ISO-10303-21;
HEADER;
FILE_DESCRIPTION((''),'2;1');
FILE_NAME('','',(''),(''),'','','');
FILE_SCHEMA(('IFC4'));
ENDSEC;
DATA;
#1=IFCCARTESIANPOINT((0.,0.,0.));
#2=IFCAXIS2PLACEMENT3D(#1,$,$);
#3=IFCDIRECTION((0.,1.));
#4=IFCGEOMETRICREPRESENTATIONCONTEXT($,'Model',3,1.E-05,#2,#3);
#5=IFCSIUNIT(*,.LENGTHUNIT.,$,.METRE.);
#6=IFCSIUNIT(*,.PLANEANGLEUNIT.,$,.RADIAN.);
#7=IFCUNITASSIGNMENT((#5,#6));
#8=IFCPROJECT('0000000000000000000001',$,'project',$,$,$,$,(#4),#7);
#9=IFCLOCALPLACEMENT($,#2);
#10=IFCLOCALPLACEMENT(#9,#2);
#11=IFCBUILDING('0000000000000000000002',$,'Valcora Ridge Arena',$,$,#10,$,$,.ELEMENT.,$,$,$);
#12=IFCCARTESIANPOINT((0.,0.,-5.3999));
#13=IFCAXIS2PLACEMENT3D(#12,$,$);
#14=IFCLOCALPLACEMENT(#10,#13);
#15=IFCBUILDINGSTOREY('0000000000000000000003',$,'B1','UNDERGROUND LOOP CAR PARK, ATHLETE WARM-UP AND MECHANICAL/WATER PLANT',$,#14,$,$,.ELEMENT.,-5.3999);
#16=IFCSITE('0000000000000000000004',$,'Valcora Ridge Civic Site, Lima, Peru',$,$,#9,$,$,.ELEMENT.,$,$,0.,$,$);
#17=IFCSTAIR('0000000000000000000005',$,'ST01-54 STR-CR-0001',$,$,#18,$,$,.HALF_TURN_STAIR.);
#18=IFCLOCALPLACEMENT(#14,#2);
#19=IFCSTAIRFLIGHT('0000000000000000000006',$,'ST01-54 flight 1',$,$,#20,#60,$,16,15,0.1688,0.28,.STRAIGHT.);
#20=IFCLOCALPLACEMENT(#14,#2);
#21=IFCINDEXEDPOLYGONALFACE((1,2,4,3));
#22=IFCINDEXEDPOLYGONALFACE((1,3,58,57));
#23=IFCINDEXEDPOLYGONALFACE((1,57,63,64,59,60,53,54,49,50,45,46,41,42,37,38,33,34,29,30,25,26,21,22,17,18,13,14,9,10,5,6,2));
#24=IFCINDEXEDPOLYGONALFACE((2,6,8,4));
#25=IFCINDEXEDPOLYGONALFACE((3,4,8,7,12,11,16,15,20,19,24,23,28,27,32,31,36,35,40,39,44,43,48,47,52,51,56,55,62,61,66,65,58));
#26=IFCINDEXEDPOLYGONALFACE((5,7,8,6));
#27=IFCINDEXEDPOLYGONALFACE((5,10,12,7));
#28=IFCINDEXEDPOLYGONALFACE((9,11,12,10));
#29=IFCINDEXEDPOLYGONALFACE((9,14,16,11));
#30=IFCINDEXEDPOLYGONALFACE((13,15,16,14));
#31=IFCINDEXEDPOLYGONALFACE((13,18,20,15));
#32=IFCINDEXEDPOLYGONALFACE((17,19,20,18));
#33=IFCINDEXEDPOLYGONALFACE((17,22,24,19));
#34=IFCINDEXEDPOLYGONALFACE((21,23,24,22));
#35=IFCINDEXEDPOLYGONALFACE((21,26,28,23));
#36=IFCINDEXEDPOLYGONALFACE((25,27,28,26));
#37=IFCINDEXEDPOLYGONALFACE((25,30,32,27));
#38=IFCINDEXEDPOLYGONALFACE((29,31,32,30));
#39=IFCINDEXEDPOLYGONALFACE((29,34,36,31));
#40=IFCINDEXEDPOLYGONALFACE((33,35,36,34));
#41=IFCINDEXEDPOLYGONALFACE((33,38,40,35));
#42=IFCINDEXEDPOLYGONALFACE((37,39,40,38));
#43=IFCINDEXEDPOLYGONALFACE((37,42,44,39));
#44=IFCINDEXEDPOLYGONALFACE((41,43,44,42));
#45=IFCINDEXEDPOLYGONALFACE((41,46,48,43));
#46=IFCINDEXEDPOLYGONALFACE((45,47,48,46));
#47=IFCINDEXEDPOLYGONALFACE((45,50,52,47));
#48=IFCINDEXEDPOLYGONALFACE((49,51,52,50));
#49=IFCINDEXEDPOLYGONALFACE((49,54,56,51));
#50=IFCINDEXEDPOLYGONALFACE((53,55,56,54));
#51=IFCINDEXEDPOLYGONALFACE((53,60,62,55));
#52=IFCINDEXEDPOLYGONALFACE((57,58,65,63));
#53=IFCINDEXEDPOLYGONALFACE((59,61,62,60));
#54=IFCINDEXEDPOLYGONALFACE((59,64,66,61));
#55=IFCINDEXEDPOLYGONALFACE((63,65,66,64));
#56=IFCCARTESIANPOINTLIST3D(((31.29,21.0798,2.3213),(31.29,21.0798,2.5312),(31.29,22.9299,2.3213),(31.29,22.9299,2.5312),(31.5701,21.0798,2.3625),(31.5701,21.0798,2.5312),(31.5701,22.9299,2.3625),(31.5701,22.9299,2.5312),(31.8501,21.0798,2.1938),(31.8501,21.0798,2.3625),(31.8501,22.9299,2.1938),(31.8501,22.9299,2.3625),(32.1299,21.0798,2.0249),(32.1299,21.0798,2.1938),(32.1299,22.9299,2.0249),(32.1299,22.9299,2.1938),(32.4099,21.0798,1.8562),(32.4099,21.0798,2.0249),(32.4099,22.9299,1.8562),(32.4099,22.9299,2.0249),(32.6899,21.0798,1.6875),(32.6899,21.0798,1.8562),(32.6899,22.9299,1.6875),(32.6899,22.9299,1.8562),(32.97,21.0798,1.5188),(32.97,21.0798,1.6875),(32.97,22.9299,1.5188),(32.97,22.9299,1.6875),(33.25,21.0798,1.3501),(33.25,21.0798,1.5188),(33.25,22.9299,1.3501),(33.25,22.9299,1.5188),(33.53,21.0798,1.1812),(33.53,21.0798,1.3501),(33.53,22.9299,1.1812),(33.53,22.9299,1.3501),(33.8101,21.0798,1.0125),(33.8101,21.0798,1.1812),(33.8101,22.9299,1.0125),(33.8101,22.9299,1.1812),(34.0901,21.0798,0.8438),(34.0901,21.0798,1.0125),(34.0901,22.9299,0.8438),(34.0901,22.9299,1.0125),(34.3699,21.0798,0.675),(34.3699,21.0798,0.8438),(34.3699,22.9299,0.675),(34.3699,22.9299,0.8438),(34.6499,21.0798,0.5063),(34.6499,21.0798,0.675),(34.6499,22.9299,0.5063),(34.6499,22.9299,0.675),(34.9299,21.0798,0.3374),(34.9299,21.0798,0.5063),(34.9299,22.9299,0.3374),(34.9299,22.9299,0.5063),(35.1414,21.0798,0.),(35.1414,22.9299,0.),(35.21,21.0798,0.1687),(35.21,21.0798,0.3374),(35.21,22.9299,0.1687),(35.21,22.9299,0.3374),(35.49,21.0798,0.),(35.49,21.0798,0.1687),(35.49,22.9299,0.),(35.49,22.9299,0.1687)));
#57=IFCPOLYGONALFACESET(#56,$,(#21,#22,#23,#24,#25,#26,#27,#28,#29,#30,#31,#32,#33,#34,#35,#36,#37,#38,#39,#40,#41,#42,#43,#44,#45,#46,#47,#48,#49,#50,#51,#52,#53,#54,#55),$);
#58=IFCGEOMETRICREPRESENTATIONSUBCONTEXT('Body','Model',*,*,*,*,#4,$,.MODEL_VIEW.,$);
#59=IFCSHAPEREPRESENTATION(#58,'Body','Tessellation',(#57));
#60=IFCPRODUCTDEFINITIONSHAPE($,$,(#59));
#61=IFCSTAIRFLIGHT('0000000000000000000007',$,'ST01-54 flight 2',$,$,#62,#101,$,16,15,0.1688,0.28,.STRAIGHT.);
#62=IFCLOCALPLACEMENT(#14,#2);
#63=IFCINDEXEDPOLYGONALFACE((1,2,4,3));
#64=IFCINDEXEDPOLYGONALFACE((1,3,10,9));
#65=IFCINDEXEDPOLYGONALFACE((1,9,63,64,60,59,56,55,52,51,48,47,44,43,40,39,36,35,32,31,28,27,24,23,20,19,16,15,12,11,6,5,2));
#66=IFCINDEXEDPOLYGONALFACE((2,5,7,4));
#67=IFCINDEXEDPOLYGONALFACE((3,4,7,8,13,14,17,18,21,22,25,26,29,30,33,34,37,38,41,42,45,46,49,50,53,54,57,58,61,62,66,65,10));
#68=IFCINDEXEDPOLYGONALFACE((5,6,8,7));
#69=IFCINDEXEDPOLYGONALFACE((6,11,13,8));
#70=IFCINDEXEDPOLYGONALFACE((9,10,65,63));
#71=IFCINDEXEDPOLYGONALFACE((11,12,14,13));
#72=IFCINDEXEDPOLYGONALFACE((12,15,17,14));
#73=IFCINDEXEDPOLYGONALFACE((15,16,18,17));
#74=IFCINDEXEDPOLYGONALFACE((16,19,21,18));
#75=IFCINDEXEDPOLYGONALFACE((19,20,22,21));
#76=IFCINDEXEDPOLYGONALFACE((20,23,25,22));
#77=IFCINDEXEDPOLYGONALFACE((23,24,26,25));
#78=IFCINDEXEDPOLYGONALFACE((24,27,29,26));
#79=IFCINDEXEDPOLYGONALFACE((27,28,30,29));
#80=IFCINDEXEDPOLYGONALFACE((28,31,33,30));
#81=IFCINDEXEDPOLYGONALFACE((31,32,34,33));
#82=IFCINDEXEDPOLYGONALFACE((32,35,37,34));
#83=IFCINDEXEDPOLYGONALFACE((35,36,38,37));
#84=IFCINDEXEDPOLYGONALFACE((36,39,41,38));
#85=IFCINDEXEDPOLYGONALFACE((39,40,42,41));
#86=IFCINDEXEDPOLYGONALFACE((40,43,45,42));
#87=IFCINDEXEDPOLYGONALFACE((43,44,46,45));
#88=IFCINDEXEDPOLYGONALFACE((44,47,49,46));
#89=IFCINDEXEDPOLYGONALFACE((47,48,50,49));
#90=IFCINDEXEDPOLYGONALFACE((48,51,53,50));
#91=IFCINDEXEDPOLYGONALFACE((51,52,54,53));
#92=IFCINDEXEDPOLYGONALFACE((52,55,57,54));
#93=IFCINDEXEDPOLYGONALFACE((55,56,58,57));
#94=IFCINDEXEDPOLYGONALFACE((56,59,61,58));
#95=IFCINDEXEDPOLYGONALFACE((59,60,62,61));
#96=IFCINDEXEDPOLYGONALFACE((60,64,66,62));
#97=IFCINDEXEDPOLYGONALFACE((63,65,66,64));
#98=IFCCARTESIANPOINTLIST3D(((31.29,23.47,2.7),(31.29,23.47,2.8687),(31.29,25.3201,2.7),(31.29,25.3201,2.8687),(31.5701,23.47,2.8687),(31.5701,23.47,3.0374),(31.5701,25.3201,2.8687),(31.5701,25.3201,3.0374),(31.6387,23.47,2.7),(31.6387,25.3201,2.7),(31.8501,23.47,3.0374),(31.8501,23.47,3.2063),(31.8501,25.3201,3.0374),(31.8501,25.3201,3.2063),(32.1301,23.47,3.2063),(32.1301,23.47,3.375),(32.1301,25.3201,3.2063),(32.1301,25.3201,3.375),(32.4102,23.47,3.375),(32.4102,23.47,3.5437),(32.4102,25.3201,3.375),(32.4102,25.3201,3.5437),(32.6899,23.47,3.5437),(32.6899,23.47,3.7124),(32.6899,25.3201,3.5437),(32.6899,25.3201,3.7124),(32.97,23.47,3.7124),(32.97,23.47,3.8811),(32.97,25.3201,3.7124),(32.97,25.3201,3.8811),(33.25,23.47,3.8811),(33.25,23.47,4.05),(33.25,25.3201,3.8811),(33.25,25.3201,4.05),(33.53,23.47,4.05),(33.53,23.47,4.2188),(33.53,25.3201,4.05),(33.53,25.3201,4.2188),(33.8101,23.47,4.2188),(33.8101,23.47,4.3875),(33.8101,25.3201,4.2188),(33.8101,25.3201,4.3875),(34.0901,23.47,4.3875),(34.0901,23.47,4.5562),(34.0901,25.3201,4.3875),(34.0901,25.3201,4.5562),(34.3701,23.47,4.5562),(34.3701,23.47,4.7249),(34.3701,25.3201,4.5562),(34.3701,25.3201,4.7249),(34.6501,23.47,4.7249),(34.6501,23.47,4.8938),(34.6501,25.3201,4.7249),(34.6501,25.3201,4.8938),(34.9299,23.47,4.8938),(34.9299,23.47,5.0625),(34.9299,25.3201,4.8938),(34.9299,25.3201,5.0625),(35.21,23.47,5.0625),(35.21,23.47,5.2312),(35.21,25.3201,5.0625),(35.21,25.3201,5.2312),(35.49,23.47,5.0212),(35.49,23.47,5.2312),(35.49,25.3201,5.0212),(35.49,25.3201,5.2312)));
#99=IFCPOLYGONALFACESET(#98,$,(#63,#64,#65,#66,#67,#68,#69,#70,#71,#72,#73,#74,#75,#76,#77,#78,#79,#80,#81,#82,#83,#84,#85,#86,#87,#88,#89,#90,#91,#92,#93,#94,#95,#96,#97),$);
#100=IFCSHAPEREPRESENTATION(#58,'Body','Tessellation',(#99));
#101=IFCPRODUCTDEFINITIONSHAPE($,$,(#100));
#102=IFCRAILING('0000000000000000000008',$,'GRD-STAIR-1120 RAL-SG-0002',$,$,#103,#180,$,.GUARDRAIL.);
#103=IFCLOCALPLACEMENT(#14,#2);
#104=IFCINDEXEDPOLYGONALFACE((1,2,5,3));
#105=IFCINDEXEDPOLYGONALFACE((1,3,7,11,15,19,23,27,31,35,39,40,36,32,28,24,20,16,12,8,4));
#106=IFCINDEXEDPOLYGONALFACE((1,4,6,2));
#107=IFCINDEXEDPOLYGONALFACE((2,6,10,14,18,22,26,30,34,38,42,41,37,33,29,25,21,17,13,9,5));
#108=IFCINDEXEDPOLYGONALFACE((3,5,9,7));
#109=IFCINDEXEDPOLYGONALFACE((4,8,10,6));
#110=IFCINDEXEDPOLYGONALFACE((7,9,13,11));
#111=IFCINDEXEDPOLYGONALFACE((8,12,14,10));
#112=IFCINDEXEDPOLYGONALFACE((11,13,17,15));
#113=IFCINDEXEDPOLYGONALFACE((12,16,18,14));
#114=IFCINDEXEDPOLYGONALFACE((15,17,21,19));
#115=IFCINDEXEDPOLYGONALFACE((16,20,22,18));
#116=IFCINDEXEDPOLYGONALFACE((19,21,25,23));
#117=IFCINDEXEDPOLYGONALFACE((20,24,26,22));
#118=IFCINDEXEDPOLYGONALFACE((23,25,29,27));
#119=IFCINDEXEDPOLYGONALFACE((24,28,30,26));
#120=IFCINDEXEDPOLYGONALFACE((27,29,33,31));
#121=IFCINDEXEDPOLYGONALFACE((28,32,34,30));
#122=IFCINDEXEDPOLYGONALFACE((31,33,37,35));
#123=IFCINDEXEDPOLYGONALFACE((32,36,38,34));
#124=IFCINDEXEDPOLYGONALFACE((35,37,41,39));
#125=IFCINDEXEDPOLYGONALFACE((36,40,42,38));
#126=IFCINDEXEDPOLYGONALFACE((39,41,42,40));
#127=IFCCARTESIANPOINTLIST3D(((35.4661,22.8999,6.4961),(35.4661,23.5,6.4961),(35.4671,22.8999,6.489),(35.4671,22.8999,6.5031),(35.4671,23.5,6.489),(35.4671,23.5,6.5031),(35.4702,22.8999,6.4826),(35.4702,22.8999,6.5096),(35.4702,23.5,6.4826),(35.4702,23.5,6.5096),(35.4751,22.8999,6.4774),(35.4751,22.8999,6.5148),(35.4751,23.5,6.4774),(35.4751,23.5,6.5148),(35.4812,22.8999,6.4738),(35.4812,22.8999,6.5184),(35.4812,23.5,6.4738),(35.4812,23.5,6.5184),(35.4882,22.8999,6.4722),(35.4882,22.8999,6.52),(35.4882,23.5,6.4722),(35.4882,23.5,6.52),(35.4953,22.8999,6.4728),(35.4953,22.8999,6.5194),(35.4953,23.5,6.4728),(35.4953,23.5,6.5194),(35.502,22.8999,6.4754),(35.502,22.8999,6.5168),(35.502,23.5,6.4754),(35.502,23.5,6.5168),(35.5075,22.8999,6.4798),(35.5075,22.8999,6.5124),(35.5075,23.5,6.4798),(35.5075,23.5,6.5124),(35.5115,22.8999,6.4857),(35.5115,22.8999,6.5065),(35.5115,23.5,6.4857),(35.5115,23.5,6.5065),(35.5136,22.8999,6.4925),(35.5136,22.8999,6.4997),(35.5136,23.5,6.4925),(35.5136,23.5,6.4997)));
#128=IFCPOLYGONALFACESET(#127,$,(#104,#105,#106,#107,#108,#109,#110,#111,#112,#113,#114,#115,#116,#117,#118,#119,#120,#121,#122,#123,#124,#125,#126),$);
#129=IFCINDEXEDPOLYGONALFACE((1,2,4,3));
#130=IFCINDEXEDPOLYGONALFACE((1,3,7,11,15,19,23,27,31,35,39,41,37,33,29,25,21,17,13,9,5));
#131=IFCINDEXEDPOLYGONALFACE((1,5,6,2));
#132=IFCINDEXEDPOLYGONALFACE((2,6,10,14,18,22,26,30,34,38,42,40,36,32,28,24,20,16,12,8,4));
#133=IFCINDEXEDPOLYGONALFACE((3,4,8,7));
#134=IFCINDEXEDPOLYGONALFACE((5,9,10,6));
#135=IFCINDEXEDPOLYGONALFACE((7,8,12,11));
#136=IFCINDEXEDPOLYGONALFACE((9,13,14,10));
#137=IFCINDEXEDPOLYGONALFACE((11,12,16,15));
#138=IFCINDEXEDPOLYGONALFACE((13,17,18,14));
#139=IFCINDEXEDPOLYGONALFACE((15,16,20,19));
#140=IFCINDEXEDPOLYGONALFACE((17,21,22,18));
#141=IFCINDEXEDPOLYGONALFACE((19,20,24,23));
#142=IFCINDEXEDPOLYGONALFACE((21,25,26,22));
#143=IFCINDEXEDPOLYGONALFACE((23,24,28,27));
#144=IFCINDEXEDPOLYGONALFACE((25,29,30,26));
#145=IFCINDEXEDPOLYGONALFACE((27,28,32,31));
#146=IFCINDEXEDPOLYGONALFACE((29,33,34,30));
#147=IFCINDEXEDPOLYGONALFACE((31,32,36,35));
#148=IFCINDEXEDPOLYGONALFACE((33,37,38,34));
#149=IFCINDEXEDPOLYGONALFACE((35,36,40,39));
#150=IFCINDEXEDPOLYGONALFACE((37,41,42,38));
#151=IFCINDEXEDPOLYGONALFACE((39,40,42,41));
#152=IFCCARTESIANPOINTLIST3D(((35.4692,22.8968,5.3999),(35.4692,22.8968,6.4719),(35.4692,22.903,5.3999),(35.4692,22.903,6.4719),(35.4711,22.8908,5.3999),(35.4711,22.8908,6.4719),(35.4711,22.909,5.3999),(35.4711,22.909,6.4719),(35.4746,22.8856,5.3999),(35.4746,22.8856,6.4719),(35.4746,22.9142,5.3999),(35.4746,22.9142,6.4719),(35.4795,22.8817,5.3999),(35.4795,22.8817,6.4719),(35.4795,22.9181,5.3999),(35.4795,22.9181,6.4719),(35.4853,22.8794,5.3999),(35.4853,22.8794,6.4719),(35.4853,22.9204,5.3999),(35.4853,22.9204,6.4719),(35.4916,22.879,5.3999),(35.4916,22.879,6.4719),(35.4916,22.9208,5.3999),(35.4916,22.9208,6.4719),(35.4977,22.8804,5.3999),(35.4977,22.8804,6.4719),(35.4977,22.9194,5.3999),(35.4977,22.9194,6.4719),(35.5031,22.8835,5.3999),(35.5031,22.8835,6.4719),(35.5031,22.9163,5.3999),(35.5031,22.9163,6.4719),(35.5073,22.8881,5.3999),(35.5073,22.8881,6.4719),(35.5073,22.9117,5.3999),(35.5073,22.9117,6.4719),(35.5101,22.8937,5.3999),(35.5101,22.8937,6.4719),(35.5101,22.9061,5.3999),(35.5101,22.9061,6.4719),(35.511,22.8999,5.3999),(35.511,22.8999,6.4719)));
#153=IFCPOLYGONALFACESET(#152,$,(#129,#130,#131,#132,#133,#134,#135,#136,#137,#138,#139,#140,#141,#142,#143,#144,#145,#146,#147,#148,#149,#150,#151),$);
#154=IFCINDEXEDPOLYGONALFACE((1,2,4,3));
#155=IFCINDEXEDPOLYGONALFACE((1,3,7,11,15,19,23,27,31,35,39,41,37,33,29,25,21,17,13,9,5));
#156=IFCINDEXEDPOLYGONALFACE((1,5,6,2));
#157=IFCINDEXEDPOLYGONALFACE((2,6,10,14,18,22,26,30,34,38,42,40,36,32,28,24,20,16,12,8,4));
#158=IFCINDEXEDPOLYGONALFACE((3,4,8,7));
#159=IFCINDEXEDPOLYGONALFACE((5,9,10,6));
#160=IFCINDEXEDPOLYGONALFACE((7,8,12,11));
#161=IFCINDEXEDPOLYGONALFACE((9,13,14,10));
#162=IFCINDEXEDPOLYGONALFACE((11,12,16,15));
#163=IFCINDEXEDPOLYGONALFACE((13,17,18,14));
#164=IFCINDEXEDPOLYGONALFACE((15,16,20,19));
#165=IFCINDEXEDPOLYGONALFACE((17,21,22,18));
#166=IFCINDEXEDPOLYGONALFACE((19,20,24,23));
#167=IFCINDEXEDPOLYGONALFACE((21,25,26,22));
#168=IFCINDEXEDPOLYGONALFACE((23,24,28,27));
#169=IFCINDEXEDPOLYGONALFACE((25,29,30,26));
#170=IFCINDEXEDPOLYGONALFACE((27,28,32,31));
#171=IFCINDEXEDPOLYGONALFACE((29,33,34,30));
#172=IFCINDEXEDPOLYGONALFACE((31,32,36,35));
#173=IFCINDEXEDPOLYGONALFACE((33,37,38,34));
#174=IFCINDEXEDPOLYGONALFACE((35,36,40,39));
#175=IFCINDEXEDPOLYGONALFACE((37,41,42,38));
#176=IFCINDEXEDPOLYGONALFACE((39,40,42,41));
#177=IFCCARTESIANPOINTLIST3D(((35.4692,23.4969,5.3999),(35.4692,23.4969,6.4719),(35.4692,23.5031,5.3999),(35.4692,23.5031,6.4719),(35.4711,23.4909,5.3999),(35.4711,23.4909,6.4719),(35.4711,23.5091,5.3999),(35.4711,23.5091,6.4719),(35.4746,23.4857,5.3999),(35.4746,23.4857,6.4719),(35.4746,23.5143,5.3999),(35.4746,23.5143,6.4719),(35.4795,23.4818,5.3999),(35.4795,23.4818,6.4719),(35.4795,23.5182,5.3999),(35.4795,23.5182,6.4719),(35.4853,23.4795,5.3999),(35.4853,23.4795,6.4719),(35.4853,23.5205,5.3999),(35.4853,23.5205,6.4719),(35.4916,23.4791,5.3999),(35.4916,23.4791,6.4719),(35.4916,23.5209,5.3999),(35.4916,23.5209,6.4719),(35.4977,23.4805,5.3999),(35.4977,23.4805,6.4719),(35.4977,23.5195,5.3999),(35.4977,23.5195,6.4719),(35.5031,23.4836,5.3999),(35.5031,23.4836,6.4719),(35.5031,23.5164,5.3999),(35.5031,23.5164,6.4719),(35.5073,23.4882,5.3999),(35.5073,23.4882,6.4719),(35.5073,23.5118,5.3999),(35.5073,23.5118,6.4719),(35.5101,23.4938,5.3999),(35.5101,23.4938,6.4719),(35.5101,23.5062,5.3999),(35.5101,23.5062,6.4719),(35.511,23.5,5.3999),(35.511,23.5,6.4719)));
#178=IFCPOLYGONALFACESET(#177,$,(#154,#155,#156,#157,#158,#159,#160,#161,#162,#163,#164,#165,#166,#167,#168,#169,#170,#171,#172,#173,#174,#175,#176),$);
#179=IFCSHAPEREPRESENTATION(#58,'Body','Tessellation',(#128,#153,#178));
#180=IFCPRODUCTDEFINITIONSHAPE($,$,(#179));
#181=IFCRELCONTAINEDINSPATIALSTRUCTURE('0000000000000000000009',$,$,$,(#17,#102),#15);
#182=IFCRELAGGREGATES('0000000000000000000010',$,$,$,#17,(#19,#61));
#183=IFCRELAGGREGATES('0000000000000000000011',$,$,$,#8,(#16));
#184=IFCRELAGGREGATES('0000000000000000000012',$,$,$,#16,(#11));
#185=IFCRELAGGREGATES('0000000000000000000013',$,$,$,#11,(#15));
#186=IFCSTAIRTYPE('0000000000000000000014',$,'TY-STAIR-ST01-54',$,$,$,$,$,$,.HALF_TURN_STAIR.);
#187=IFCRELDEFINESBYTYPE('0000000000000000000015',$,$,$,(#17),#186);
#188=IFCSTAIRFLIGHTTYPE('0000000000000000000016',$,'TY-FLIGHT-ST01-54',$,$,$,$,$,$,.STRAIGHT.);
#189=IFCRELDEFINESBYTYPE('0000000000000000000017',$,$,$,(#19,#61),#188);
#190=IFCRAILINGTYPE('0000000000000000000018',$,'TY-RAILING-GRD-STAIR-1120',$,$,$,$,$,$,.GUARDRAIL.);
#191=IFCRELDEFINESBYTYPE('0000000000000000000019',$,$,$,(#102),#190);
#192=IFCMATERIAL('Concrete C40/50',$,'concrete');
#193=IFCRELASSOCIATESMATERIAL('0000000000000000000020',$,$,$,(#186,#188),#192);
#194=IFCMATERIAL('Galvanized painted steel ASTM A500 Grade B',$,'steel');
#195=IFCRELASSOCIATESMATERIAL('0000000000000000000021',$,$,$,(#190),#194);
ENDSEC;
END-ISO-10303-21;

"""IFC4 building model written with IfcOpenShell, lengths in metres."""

from ifc_helpers import new_model, si_unit, direction, frame, origin, origin_2d, place, context, subcontext, project, spatial, polyline, circle, outline, extrude, material, type_object, element, aggregate, save


model = new_model("IFC4")

# Units and contexts
model_context = context("Model", 3, precision=1e-05, world=origin(), true_north=direction((0.0, 1.0)))
body_context = subcontext(model_context, "Body", "Model", "MODEL_VIEW")
ifc_project = project(units=[si_unit("LENGTHUNIT", "METRE"), si_unit("PLANEANGLEUNIT", "RADIAN")], contexts=[model_context])

# Site, building, storey
site_placement = place(None, origin())
site = spatial("IfcSite", under=ifc_project, at=site_placement, Name="Valcora Ridge Civic Site, Lima, Peru", CompositionType="ELEMENT", RefElevation=0.0)
building_placement = place(site_placement, origin())
building = spatial("IfcBuilding", under=site, at=building_placement, Name="Valcora Ridge Arena", CompositionType="ELEMENT")
storey_placement = place(building_placement, frame((0.0, 0.0, -5.3999)))
storey = spatial("IfcBuildingStorey", under=building, at=storey_placement, Name="B1", Description="UNDERGROUND LOOP CAR PARK, ATHLETE WARM-UP AND MECHANICAL/WATER PLANT", CompositionType="ELEMENT", Elevation=-5.3999)

# Shared definitions
ifc_material_1 = material(Name="Concrete C40/50", Category="concrete")

# Stair, stair flights
stair_type_1 = type_object("IfcStairType", Name="TY-STAIR-ST01-54", PredefinedType="HALF_TURN_STAIR", material=ifc_material_1)
stair_1_placement = place(storey_placement, origin())
stair_1 = element("IfcStair", 1, at=stair_1_placement, inside=storey, type_object=stair_type_1, Name="ST01-54 STR-CR-0001", PredefinedType="HALF_TURN_STAIR")
stair_flight_type = type_object("IfcStairFlightType", Name="TY-FLIGHT-ST01-54", PredefinedType="STRAIGHT", material=ifc_material_1)
stair_flight_1_placement = place(storey_placement, frame((35.49, 22.0049, 0.0), z_axis=(0.0, 0.0, 1.0), x_axis=(-1.0, 0.0, 0.0)))
stair_flight_1 = element("IfcStairFlight", 2, at=stair_flight_1_placement, type_object=stair_flight_type, Name="ST01-54 flight 1", NumberOfRisers=16, NumberOfTreads=15, PredefinedType="STRAIGHT", RiserHeight=0.1688, TreadLength=0.28, context=body_context, shape_type="SweptSolid", body=[
    extrude(outline(polyline([(0.0, 0.0), (0.0, 0.1687), (0.28, 0.1687), (0.28, 0.3374), (0.5601, 0.3374), (0.5601, 0.5063), (0.8401, 0.5063), (0.8401, 0.675), (1.1201, 0.675), (1.1201, 0.8438), (1.3999, 0.8438), (1.3999, 1.0125), (1.6799, 1.0125), (1.6799, 1.1812), (1.96, 1.1812), (1.96, 1.3501), (2.24, 1.3501), (2.24, 1.5188), (2.52, 1.5188), (2.52, 1.6875), (2.8, 1.6875), (2.8, 1.8562), (3.0801, 1.8562), (3.0801, 2.0249), (3.3601, 2.0249), (3.3601, 2.1938), (3.6399, 2.1938), (3.6399, 2.3625), (3.9199, 2.3625), (3.9199, 2.5312), (4.2, 2.5312), (4.2, 2.7), (4.2, 2.3213), (0.3486, 0.0), (0.0, 0.0)])), frame((0.0, 0.925, 0.0), z_axis=(0.0, -1.0, 0.0), x_axis=(1.0, 0.0, 0.0)), (0.0, 0.0, 1.0), 1.8501),
])
stair_flight_2_placement = place(storey_placement, frame((31.29, 24.395, 2.7), z_axis=(0.0, 0.0, 1.0), x_axis=(1.0, 0.0, 0.0)))
stair_flight_2 = element("IfcStairFlight", 3, at=stair_flight_2_placement, type_object=stair_flight_type, Name="ST01-54 flight 2", NumberOfRisers=16, NumberOfTreads=15, PredefinedType="STRAIGHT", RiserHeight=0.1688, TreadLength=0.28, context=body_context, shape_type="SweptSolid", body=[
    extrude(outline(polyline([(0.0, 0.0), (0.0, 0.1687), (0.28, 0.1687), (0.28, 0.3374), (0.5601, 0.3374), (0.5601, 0.5063), (0.8401, 0.5063), (0.8401, 0.675), (1.1201, 0.675), (1.1201, 0.8438), (1.3999, 0.8438), (1.3999, 1.0125), (1.6799, 1.0125), (1.6799, 1.1812), (1.96, 1.1812), (1.96, 1.3501), (2.24, 1.3501), (2.24, 1.5188), (2.52, 1.5188), (2.52, 1.6875), (2.8, 1.6875), (2.8, 1.8562), (3.0801, 1.8562), (3.0801, 2.0249), (3.3601, 2.0249), (3.3601, 2.1938), (3.6399, 2.1938), (3.6399, 2.3625), (3.9199, 2.3625), (3.9199, 2.5312), (4.2, 2.5312), (4.2, 2.7), (4.2, 2.3213), (0.3486, 0.0), (0.0, 0.0)])), frame((0.0, 0.925, 0.0), z_axis=(0.0, -1.0, 0.0), x_axis=(1.0, 0.0, 0.0)), (0.0, 0.0, 1.0), 1.8501),
])
aggregate(stair_1, [stair_flight_1, stair_flight_2])

# Railing
ifc_material_2 = material(Name="Galvanized painted steel ASTM A500 Grade B", Category="steel")
railing_type_1 = type_object("IfcRailingType", Name="TY-RAILING-GRD-STAIR-1120", PredefinedType="GUARDRAIL", material=ifc_material_2)
railing_1_placement = place(storey_placement, frame((35.49, 22.8999, 5.3999)))
element("IfcRailing", 4, at=railing_1_placement, inside=storey, type_object=railing_type_1, Name="GRD-STAIR-1120 RAL-SG-0002", PredefinedType="GUARDRAIL", context=body_context, shape_type="SweptSolid", body=[
    extrude(circle(Radius=0.0239, at=origin_2d()), frame((0.0, 0.0, 1.0962), z_axis=(0.0, 1.0, 0.0), x_axis=(-1.0, 0.0, 0.0)), (0.0, 0.0, 1.0), 0.6001),
    extrude(circle(Radius=0.021, at=origin_2d()), origin(), (0.0, 0.0, 1.0), 1.072),
    extrude(circle(Radius=0.021, at=origin_2d()), frame((0.0, 0.6001, 0.0)), (0.0, 0.0, 1.0), 1.072),
])

save(model, "model.ifc")
